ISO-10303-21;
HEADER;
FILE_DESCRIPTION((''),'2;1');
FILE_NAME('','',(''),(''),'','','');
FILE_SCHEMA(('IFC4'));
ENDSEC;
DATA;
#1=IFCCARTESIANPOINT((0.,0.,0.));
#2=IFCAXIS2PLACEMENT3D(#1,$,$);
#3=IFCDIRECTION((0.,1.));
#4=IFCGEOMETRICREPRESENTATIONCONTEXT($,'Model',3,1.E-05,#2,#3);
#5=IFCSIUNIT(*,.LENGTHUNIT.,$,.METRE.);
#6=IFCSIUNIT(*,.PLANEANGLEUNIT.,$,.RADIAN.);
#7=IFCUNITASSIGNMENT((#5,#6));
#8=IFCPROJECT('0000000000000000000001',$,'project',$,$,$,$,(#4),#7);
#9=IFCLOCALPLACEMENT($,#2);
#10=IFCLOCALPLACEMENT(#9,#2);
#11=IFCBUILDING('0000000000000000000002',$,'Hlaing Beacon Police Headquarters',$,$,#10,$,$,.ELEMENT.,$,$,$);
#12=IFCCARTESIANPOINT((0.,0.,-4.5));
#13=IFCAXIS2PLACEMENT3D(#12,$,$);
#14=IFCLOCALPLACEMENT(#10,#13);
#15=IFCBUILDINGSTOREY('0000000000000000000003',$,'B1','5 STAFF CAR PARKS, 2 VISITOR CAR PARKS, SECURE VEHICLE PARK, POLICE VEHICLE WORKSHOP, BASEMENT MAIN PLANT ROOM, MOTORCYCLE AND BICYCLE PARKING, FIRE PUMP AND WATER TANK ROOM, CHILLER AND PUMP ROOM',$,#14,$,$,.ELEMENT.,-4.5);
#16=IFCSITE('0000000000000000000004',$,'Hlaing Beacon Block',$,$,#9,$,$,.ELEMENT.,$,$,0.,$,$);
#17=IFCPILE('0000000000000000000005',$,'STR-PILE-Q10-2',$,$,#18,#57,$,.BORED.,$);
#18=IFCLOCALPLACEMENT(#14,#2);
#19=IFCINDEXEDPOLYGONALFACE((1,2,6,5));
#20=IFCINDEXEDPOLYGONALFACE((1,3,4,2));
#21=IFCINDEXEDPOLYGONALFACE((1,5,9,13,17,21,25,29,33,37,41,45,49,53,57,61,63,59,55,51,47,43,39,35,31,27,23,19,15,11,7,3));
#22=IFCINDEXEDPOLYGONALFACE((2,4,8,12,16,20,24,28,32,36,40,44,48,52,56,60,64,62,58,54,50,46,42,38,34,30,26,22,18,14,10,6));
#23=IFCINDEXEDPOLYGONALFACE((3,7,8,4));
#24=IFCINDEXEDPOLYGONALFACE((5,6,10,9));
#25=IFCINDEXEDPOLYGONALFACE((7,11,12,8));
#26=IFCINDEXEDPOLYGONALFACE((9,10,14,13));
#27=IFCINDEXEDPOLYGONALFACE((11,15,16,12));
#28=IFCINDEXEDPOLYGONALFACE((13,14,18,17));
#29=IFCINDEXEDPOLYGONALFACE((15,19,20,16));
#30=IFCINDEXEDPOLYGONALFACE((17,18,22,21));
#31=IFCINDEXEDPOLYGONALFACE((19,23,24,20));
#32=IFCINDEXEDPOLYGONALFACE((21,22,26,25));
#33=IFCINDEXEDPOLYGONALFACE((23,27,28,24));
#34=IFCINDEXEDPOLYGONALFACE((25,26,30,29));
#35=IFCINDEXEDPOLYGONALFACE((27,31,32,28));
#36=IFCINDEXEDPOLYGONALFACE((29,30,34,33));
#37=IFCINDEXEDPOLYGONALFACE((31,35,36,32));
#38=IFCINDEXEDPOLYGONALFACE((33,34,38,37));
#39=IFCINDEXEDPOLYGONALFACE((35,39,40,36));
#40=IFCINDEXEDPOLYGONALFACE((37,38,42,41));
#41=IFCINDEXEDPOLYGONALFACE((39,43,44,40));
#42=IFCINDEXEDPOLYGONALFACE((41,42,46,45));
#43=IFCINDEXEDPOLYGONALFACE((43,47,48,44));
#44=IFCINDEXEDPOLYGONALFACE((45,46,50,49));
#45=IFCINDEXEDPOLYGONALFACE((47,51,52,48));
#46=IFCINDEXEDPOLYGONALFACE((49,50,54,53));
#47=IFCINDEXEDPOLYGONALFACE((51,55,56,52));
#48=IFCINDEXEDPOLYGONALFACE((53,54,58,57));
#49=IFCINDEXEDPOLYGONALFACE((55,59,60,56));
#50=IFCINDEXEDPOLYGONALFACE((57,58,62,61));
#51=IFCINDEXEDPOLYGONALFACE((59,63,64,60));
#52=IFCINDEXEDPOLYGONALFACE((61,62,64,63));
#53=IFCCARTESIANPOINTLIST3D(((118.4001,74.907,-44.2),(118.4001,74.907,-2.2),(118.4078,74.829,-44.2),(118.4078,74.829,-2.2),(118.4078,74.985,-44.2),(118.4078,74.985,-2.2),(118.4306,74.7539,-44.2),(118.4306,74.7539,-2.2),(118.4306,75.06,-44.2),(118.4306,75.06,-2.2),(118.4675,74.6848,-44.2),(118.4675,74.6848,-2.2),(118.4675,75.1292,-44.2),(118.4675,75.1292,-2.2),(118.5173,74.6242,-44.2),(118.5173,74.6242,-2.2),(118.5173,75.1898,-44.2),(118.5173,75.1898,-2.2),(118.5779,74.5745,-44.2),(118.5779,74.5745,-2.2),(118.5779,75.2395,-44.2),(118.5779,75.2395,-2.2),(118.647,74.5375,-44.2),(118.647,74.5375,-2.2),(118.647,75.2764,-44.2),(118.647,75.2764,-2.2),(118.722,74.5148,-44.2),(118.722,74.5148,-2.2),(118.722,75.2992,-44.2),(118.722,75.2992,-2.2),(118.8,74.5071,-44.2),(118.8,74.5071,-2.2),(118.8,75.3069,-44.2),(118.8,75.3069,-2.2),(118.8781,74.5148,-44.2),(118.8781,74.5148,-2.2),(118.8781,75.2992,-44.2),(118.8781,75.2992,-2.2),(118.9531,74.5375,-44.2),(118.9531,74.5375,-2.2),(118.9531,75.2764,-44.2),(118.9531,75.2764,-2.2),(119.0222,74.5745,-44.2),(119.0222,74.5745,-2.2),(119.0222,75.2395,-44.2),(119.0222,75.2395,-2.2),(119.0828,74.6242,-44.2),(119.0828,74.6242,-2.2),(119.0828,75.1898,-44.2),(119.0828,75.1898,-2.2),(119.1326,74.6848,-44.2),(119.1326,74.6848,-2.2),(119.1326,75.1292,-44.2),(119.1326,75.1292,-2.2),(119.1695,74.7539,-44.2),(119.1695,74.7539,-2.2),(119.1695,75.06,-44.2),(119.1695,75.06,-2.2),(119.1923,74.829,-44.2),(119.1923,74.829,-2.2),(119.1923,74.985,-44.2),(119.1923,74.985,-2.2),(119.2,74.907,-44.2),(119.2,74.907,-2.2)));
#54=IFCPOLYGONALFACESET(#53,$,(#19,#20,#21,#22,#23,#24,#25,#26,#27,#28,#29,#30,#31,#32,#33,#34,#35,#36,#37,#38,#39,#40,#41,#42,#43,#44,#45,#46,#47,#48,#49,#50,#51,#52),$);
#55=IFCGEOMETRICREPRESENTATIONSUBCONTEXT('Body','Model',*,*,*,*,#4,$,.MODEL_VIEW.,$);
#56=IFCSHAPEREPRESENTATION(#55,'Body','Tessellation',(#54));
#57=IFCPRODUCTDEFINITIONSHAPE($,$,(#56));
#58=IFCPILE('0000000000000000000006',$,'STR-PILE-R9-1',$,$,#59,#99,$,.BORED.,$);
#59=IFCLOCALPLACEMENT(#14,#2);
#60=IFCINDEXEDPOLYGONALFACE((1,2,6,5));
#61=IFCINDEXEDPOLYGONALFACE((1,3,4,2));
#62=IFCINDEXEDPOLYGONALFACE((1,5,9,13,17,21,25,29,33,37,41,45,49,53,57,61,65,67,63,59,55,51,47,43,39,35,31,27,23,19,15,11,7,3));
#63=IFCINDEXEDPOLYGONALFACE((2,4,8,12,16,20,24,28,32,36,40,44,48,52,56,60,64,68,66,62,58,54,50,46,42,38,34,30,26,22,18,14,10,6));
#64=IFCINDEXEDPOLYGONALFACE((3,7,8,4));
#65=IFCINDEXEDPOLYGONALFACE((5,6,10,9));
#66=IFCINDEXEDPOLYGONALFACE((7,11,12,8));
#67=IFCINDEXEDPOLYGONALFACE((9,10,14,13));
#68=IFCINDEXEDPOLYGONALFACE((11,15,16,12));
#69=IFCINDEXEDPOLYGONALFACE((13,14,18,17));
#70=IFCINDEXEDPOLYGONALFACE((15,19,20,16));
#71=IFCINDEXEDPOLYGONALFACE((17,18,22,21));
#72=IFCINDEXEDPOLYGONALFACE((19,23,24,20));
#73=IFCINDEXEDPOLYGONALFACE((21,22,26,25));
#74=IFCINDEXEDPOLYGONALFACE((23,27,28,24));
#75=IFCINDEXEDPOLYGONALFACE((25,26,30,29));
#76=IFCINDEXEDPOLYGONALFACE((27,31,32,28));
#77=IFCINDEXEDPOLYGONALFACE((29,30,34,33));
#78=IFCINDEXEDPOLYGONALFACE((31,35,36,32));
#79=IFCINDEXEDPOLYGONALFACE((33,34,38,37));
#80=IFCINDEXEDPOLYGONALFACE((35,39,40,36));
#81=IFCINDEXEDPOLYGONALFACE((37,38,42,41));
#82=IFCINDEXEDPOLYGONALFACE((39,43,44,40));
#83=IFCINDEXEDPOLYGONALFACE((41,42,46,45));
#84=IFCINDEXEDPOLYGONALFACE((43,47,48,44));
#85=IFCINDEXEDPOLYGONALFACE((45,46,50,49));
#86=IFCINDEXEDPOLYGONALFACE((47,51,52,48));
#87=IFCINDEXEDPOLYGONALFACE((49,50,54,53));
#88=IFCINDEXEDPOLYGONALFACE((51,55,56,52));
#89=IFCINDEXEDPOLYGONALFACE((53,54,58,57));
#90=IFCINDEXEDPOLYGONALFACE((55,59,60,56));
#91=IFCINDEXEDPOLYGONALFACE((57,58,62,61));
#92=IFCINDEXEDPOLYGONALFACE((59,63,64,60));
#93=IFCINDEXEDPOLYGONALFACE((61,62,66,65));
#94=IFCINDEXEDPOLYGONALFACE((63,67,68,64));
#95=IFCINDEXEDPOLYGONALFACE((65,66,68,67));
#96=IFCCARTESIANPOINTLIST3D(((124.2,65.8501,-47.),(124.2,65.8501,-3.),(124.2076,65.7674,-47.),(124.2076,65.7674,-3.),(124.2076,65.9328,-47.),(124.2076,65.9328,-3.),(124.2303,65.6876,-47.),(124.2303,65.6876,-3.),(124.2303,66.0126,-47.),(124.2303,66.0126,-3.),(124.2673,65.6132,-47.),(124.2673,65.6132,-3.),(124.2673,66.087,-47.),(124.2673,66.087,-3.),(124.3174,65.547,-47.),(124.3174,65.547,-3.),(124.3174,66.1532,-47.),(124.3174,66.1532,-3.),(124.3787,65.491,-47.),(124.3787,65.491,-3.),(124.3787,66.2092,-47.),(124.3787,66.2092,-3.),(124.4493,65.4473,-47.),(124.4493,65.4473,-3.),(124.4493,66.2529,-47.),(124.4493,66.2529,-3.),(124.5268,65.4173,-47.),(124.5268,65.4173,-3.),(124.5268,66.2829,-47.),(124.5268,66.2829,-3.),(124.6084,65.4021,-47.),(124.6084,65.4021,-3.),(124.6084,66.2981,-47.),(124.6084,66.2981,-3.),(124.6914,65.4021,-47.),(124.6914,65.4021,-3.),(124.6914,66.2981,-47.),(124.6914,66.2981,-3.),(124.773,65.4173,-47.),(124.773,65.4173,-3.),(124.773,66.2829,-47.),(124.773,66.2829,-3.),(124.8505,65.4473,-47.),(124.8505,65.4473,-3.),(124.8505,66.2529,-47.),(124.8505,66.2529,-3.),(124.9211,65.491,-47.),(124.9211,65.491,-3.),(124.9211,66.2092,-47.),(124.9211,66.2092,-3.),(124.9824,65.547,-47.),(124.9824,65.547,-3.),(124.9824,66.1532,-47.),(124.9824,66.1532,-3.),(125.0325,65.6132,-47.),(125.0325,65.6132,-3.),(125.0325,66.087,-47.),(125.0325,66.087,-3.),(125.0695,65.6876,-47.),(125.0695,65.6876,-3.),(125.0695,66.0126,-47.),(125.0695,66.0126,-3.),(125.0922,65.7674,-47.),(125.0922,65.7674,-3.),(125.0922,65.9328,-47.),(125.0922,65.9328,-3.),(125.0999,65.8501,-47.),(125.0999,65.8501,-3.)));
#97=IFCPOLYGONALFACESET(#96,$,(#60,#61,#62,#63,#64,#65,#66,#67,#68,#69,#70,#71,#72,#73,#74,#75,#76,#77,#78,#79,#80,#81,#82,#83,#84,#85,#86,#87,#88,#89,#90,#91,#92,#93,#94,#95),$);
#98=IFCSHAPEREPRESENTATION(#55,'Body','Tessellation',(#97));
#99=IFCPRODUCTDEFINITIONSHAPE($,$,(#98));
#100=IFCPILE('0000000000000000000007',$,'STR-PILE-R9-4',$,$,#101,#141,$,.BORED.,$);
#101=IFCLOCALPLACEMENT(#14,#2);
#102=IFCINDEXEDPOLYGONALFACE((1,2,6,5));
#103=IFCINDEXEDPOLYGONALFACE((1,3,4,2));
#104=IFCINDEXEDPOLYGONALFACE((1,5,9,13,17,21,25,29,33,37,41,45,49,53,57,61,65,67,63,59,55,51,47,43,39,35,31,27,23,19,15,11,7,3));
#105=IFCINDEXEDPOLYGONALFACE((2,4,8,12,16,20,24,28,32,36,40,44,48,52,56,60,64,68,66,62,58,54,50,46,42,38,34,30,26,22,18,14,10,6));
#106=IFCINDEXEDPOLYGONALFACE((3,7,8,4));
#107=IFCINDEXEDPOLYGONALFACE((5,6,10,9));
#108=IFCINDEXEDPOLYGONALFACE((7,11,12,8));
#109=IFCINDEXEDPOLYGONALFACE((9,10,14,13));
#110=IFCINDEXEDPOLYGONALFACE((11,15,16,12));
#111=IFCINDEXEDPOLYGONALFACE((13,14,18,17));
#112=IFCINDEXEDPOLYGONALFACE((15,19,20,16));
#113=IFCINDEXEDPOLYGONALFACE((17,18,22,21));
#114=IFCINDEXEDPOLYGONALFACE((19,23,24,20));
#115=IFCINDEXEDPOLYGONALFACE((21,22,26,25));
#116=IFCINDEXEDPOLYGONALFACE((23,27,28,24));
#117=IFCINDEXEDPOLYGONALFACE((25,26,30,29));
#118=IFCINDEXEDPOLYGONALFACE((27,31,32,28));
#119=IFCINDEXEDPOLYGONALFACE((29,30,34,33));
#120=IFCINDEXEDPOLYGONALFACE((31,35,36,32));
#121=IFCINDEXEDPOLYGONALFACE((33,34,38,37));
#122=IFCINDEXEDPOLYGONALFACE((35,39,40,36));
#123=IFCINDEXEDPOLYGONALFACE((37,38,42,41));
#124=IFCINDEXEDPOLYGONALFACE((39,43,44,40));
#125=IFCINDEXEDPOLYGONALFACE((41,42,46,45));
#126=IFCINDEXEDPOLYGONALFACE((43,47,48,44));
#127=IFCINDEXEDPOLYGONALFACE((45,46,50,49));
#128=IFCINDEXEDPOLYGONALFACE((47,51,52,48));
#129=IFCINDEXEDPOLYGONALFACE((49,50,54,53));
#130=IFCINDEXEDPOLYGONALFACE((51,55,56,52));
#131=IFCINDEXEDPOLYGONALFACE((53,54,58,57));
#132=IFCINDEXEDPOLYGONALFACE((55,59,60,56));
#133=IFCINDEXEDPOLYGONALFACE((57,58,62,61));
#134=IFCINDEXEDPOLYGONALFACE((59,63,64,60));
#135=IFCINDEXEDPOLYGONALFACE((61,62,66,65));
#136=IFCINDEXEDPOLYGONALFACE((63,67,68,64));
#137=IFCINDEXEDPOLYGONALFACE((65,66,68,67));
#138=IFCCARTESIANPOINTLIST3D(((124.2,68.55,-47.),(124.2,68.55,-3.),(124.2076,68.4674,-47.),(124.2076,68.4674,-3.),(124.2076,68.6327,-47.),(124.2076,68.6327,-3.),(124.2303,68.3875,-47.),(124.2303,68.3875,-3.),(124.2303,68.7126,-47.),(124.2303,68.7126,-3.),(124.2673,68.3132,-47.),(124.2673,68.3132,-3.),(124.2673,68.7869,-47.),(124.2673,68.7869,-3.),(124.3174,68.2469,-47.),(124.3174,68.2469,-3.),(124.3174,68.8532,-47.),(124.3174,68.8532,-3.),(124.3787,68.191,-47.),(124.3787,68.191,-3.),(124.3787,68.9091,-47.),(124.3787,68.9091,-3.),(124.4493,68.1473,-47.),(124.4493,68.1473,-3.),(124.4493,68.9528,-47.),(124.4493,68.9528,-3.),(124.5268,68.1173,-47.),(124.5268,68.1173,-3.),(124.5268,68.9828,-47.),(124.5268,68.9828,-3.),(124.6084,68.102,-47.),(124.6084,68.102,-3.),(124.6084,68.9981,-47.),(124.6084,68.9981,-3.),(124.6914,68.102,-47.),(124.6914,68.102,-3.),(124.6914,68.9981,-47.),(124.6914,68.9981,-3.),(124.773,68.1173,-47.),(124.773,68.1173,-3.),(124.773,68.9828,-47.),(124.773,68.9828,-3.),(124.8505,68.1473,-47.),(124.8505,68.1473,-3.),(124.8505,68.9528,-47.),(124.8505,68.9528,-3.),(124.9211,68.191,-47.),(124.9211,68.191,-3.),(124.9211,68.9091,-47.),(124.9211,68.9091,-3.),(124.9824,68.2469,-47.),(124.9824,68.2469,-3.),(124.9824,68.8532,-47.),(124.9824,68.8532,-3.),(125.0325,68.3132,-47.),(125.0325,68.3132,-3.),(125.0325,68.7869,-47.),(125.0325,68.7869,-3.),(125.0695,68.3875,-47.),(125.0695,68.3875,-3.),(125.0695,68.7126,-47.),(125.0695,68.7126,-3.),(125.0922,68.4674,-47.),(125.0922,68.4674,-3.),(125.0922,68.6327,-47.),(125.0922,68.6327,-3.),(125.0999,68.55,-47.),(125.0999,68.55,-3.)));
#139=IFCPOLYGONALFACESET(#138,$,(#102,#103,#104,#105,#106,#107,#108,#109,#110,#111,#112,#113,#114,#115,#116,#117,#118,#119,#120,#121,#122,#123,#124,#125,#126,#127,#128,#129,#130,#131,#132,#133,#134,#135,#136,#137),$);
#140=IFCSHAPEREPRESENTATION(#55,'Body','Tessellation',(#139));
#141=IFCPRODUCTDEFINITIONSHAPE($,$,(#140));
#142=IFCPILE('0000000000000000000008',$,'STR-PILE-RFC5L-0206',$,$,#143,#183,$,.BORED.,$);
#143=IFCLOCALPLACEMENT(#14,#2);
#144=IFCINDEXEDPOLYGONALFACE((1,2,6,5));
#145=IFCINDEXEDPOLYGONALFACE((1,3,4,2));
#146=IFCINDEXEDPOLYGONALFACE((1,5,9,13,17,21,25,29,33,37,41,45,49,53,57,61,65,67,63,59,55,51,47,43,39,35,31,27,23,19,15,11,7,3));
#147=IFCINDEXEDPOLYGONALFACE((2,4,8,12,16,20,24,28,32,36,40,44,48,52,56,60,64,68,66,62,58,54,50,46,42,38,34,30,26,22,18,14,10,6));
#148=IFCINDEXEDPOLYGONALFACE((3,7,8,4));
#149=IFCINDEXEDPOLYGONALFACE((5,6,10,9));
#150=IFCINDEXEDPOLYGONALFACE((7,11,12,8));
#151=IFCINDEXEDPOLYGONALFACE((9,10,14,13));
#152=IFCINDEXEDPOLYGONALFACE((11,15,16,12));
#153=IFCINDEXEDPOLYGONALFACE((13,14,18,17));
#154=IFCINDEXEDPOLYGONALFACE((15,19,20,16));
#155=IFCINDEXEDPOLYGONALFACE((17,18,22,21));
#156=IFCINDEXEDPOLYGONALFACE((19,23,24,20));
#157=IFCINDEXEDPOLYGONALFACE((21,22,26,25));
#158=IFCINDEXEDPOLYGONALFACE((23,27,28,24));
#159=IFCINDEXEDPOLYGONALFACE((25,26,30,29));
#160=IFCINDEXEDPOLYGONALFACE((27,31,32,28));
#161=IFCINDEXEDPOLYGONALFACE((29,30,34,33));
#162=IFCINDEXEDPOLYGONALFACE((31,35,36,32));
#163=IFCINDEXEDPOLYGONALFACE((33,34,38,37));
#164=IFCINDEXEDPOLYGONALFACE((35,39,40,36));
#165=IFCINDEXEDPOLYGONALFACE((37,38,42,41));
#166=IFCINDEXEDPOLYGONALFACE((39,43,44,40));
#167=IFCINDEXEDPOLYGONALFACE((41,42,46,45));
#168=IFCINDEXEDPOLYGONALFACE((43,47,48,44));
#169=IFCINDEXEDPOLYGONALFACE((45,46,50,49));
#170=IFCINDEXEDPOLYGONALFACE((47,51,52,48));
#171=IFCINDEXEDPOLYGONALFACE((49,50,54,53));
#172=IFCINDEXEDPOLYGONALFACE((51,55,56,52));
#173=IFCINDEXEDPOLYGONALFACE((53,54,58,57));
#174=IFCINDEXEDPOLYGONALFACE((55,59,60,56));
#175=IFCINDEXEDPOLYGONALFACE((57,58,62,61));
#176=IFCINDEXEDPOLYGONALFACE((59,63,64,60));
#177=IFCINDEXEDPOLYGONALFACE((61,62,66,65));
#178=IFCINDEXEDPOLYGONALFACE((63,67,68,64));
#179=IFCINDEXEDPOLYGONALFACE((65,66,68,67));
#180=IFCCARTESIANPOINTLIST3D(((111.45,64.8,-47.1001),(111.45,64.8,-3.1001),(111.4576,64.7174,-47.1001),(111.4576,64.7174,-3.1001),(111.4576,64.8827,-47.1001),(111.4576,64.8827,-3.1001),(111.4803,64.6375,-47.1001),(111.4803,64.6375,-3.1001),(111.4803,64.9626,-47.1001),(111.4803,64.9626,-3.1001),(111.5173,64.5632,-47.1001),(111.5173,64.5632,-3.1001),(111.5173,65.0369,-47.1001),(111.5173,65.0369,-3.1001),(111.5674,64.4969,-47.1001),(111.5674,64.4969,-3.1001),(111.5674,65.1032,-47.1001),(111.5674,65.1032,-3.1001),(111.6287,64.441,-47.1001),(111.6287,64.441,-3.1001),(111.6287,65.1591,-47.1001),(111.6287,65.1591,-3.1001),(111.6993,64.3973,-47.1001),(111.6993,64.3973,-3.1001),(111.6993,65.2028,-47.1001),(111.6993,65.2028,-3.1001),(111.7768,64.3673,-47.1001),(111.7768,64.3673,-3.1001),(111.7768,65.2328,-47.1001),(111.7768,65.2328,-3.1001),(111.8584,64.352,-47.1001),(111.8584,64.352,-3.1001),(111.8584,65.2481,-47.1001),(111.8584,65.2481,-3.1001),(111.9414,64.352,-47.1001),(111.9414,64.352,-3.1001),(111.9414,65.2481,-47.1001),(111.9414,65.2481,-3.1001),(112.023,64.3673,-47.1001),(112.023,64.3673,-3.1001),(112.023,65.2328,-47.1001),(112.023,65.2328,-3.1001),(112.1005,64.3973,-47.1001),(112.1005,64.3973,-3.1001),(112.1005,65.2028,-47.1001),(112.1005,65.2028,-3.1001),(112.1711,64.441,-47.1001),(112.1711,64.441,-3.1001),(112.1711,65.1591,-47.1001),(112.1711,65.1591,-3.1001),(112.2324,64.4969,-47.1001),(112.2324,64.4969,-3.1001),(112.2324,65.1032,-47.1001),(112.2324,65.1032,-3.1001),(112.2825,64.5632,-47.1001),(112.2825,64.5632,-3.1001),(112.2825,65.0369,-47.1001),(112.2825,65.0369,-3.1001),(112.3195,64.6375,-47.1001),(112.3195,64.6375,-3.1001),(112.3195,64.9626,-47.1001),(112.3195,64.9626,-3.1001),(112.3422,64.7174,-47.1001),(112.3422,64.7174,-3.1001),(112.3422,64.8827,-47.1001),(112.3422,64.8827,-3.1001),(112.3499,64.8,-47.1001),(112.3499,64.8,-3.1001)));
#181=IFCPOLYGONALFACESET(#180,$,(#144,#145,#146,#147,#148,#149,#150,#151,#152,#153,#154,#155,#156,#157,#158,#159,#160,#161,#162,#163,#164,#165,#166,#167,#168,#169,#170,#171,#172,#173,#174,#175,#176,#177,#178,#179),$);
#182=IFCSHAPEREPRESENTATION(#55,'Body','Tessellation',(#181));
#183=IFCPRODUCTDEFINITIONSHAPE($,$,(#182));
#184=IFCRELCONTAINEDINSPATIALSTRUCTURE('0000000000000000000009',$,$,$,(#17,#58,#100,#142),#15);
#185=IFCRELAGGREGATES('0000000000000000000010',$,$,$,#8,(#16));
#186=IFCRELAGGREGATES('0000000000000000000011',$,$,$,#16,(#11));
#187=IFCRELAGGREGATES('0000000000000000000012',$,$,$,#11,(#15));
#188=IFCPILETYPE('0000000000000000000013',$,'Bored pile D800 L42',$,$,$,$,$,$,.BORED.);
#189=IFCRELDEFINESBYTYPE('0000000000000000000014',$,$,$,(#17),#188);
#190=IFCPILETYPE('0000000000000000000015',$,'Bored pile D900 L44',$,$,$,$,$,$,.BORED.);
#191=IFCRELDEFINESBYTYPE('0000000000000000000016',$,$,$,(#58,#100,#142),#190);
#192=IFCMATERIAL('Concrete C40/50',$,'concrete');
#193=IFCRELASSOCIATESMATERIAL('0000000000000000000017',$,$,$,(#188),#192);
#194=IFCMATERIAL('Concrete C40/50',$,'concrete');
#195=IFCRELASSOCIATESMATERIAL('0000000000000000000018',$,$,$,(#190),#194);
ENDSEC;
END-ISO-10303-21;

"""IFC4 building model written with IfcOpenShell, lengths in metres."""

from ifc_helpers import new_model, si_unit, direction, frame, origin, origin_2d, place, context, subcontext, project, spatial, circle, extrude, material, material_profile, profile_set, type_object, element, save


model = new_model("IFC4")

# Units and contexts
model_context = context("Model", 3, precision=1e-05, world=origin(), true_north=direction((0.0, 1.0)))
body_context = subcontext(model_context, "Body", "Model", "MODEL_VIEW")
ifc_project = project(units=[si_unit("LENGTHUNIT", "METRE"), si_unit("PLANEANGLEUNIT", "RADIAN")], contexts=[model_context])

# Site, building, storey
site_placement = place(None, origin())
site = spatial("IfcSite", under=ifc_project, at=site_placement, Name="Hlaing Beacon Block", CompositionType="ELEMENT", RefElevation=0.0)
building_placement = place(site_placement, origin())
building = spatial("IfcBuilding", under=site, at=building_placement, Name="Hlaing Beacon Police Headquarters", CompositionType="ELEMENT")
storey_placement = place(building_placement, frame((0.0, 0.0, -4.5)))
storey = spatial("IfcBuildingStorey", under=building, at=storey_placement, Name="B1", Description="5 STAFF CAR PARKS, 2 VISITOR CAR PARKS, SECURE VEHICLE PARK, POLICE VEHICLE WORKSHOP, BASEMENT MAIN PLANT ROOM, MOTORCYCLE AND BICYCLE PARKING, FIRE PUMP AND WATER TANK ROOM, CHILLER AND PUMP ROOM", CompositionType="ELEMENT", Elevation=-4.5)

# Piles
ifc_material_1 = material(Name="Concrete C40/50", Category="concrete")
ifc_material_profile_1 = material_profile(ifc_material_1, circle(Radius=0.3999, at=origin_2d()), Name="D800")
ifc_profile_set_1 = profile_set([ifc_material_profile_1], Name="Concrete C40/50")
pile_type_1 = type_object("IfcPileType", Name="Bored pile D800 L42", PredefinedType="BORED", material=ifc_profile_set_1)
for number, where, z_axis, x_axis, name in (
    (1, (118.8, 74.907, -2.2), (0.0, 0.0, -1.0), (1.0, 0.0, 0.0), "STR-PILE-Q10-2"),
):
    element("IfcPile", number, at=place(storey_placement, frame(where, z_axis=z_axis, x_axis=x_axis)), inside=storey, type_object=pile_type_1, Name=name, PredefinedType="BORED", context=body_context, shape_type="SweptSolid", body=[
        extrude(circle(Radius=0.3999, at=origin_2d()), origin(), (0.0, 0.0, 1.0), 42.0),
    ])
ifc_material_2 = material(Name="Concrete C40/50", Category="concrete")
ifc_material_profile_2 = material_profile(ifc_material_2, circle(Radius=0.45, at=origin_2d()), Name="D900")
ifc_profile_set_2 = profile_set([ifc_material_profile_2], Name="Concrete C40/50")
pile_type_2 = type_object("IfcPileType", Name="Bored pile D900 L44", PredefinedType="BORED", material=ifc_profile_set_2)
for number, where, z_axis, x_axis, name in (
    (2, (124.6499, 65.8501, -3.0), (0.0, 0.0, -1.0), (1.0, 0.0, 0.0), "STR-PILE-R9-1"),
    (3, (124.6499, 68.55, -3.0), (0.0, 0.0, -1.0), (1.0, 0.0, 0.0), "STR-PILE-R9-4"),
    (4, (111.8999, 64.8, -3.1001), (0.0, 0.0, -1.0), (1.0, 0.0, 0.0), "STR-PILE-RFC5L-0206"),
):
    element("IfcPile", number, at=place(storey_placement, frame(where, z_axis=z_axis, x_axis=x_axis)), inside=storey, type_object=pile_type_2, Name=name, PredefinedType="BORED", context=body_context, shape_type="SweptSolid", body=[
        extrude(circle(Radius=0.45, at=origin_2d()), origin(), (0.0, 0.0, 1.0), 44.0),
    ])

save(model, "model.ifc")
